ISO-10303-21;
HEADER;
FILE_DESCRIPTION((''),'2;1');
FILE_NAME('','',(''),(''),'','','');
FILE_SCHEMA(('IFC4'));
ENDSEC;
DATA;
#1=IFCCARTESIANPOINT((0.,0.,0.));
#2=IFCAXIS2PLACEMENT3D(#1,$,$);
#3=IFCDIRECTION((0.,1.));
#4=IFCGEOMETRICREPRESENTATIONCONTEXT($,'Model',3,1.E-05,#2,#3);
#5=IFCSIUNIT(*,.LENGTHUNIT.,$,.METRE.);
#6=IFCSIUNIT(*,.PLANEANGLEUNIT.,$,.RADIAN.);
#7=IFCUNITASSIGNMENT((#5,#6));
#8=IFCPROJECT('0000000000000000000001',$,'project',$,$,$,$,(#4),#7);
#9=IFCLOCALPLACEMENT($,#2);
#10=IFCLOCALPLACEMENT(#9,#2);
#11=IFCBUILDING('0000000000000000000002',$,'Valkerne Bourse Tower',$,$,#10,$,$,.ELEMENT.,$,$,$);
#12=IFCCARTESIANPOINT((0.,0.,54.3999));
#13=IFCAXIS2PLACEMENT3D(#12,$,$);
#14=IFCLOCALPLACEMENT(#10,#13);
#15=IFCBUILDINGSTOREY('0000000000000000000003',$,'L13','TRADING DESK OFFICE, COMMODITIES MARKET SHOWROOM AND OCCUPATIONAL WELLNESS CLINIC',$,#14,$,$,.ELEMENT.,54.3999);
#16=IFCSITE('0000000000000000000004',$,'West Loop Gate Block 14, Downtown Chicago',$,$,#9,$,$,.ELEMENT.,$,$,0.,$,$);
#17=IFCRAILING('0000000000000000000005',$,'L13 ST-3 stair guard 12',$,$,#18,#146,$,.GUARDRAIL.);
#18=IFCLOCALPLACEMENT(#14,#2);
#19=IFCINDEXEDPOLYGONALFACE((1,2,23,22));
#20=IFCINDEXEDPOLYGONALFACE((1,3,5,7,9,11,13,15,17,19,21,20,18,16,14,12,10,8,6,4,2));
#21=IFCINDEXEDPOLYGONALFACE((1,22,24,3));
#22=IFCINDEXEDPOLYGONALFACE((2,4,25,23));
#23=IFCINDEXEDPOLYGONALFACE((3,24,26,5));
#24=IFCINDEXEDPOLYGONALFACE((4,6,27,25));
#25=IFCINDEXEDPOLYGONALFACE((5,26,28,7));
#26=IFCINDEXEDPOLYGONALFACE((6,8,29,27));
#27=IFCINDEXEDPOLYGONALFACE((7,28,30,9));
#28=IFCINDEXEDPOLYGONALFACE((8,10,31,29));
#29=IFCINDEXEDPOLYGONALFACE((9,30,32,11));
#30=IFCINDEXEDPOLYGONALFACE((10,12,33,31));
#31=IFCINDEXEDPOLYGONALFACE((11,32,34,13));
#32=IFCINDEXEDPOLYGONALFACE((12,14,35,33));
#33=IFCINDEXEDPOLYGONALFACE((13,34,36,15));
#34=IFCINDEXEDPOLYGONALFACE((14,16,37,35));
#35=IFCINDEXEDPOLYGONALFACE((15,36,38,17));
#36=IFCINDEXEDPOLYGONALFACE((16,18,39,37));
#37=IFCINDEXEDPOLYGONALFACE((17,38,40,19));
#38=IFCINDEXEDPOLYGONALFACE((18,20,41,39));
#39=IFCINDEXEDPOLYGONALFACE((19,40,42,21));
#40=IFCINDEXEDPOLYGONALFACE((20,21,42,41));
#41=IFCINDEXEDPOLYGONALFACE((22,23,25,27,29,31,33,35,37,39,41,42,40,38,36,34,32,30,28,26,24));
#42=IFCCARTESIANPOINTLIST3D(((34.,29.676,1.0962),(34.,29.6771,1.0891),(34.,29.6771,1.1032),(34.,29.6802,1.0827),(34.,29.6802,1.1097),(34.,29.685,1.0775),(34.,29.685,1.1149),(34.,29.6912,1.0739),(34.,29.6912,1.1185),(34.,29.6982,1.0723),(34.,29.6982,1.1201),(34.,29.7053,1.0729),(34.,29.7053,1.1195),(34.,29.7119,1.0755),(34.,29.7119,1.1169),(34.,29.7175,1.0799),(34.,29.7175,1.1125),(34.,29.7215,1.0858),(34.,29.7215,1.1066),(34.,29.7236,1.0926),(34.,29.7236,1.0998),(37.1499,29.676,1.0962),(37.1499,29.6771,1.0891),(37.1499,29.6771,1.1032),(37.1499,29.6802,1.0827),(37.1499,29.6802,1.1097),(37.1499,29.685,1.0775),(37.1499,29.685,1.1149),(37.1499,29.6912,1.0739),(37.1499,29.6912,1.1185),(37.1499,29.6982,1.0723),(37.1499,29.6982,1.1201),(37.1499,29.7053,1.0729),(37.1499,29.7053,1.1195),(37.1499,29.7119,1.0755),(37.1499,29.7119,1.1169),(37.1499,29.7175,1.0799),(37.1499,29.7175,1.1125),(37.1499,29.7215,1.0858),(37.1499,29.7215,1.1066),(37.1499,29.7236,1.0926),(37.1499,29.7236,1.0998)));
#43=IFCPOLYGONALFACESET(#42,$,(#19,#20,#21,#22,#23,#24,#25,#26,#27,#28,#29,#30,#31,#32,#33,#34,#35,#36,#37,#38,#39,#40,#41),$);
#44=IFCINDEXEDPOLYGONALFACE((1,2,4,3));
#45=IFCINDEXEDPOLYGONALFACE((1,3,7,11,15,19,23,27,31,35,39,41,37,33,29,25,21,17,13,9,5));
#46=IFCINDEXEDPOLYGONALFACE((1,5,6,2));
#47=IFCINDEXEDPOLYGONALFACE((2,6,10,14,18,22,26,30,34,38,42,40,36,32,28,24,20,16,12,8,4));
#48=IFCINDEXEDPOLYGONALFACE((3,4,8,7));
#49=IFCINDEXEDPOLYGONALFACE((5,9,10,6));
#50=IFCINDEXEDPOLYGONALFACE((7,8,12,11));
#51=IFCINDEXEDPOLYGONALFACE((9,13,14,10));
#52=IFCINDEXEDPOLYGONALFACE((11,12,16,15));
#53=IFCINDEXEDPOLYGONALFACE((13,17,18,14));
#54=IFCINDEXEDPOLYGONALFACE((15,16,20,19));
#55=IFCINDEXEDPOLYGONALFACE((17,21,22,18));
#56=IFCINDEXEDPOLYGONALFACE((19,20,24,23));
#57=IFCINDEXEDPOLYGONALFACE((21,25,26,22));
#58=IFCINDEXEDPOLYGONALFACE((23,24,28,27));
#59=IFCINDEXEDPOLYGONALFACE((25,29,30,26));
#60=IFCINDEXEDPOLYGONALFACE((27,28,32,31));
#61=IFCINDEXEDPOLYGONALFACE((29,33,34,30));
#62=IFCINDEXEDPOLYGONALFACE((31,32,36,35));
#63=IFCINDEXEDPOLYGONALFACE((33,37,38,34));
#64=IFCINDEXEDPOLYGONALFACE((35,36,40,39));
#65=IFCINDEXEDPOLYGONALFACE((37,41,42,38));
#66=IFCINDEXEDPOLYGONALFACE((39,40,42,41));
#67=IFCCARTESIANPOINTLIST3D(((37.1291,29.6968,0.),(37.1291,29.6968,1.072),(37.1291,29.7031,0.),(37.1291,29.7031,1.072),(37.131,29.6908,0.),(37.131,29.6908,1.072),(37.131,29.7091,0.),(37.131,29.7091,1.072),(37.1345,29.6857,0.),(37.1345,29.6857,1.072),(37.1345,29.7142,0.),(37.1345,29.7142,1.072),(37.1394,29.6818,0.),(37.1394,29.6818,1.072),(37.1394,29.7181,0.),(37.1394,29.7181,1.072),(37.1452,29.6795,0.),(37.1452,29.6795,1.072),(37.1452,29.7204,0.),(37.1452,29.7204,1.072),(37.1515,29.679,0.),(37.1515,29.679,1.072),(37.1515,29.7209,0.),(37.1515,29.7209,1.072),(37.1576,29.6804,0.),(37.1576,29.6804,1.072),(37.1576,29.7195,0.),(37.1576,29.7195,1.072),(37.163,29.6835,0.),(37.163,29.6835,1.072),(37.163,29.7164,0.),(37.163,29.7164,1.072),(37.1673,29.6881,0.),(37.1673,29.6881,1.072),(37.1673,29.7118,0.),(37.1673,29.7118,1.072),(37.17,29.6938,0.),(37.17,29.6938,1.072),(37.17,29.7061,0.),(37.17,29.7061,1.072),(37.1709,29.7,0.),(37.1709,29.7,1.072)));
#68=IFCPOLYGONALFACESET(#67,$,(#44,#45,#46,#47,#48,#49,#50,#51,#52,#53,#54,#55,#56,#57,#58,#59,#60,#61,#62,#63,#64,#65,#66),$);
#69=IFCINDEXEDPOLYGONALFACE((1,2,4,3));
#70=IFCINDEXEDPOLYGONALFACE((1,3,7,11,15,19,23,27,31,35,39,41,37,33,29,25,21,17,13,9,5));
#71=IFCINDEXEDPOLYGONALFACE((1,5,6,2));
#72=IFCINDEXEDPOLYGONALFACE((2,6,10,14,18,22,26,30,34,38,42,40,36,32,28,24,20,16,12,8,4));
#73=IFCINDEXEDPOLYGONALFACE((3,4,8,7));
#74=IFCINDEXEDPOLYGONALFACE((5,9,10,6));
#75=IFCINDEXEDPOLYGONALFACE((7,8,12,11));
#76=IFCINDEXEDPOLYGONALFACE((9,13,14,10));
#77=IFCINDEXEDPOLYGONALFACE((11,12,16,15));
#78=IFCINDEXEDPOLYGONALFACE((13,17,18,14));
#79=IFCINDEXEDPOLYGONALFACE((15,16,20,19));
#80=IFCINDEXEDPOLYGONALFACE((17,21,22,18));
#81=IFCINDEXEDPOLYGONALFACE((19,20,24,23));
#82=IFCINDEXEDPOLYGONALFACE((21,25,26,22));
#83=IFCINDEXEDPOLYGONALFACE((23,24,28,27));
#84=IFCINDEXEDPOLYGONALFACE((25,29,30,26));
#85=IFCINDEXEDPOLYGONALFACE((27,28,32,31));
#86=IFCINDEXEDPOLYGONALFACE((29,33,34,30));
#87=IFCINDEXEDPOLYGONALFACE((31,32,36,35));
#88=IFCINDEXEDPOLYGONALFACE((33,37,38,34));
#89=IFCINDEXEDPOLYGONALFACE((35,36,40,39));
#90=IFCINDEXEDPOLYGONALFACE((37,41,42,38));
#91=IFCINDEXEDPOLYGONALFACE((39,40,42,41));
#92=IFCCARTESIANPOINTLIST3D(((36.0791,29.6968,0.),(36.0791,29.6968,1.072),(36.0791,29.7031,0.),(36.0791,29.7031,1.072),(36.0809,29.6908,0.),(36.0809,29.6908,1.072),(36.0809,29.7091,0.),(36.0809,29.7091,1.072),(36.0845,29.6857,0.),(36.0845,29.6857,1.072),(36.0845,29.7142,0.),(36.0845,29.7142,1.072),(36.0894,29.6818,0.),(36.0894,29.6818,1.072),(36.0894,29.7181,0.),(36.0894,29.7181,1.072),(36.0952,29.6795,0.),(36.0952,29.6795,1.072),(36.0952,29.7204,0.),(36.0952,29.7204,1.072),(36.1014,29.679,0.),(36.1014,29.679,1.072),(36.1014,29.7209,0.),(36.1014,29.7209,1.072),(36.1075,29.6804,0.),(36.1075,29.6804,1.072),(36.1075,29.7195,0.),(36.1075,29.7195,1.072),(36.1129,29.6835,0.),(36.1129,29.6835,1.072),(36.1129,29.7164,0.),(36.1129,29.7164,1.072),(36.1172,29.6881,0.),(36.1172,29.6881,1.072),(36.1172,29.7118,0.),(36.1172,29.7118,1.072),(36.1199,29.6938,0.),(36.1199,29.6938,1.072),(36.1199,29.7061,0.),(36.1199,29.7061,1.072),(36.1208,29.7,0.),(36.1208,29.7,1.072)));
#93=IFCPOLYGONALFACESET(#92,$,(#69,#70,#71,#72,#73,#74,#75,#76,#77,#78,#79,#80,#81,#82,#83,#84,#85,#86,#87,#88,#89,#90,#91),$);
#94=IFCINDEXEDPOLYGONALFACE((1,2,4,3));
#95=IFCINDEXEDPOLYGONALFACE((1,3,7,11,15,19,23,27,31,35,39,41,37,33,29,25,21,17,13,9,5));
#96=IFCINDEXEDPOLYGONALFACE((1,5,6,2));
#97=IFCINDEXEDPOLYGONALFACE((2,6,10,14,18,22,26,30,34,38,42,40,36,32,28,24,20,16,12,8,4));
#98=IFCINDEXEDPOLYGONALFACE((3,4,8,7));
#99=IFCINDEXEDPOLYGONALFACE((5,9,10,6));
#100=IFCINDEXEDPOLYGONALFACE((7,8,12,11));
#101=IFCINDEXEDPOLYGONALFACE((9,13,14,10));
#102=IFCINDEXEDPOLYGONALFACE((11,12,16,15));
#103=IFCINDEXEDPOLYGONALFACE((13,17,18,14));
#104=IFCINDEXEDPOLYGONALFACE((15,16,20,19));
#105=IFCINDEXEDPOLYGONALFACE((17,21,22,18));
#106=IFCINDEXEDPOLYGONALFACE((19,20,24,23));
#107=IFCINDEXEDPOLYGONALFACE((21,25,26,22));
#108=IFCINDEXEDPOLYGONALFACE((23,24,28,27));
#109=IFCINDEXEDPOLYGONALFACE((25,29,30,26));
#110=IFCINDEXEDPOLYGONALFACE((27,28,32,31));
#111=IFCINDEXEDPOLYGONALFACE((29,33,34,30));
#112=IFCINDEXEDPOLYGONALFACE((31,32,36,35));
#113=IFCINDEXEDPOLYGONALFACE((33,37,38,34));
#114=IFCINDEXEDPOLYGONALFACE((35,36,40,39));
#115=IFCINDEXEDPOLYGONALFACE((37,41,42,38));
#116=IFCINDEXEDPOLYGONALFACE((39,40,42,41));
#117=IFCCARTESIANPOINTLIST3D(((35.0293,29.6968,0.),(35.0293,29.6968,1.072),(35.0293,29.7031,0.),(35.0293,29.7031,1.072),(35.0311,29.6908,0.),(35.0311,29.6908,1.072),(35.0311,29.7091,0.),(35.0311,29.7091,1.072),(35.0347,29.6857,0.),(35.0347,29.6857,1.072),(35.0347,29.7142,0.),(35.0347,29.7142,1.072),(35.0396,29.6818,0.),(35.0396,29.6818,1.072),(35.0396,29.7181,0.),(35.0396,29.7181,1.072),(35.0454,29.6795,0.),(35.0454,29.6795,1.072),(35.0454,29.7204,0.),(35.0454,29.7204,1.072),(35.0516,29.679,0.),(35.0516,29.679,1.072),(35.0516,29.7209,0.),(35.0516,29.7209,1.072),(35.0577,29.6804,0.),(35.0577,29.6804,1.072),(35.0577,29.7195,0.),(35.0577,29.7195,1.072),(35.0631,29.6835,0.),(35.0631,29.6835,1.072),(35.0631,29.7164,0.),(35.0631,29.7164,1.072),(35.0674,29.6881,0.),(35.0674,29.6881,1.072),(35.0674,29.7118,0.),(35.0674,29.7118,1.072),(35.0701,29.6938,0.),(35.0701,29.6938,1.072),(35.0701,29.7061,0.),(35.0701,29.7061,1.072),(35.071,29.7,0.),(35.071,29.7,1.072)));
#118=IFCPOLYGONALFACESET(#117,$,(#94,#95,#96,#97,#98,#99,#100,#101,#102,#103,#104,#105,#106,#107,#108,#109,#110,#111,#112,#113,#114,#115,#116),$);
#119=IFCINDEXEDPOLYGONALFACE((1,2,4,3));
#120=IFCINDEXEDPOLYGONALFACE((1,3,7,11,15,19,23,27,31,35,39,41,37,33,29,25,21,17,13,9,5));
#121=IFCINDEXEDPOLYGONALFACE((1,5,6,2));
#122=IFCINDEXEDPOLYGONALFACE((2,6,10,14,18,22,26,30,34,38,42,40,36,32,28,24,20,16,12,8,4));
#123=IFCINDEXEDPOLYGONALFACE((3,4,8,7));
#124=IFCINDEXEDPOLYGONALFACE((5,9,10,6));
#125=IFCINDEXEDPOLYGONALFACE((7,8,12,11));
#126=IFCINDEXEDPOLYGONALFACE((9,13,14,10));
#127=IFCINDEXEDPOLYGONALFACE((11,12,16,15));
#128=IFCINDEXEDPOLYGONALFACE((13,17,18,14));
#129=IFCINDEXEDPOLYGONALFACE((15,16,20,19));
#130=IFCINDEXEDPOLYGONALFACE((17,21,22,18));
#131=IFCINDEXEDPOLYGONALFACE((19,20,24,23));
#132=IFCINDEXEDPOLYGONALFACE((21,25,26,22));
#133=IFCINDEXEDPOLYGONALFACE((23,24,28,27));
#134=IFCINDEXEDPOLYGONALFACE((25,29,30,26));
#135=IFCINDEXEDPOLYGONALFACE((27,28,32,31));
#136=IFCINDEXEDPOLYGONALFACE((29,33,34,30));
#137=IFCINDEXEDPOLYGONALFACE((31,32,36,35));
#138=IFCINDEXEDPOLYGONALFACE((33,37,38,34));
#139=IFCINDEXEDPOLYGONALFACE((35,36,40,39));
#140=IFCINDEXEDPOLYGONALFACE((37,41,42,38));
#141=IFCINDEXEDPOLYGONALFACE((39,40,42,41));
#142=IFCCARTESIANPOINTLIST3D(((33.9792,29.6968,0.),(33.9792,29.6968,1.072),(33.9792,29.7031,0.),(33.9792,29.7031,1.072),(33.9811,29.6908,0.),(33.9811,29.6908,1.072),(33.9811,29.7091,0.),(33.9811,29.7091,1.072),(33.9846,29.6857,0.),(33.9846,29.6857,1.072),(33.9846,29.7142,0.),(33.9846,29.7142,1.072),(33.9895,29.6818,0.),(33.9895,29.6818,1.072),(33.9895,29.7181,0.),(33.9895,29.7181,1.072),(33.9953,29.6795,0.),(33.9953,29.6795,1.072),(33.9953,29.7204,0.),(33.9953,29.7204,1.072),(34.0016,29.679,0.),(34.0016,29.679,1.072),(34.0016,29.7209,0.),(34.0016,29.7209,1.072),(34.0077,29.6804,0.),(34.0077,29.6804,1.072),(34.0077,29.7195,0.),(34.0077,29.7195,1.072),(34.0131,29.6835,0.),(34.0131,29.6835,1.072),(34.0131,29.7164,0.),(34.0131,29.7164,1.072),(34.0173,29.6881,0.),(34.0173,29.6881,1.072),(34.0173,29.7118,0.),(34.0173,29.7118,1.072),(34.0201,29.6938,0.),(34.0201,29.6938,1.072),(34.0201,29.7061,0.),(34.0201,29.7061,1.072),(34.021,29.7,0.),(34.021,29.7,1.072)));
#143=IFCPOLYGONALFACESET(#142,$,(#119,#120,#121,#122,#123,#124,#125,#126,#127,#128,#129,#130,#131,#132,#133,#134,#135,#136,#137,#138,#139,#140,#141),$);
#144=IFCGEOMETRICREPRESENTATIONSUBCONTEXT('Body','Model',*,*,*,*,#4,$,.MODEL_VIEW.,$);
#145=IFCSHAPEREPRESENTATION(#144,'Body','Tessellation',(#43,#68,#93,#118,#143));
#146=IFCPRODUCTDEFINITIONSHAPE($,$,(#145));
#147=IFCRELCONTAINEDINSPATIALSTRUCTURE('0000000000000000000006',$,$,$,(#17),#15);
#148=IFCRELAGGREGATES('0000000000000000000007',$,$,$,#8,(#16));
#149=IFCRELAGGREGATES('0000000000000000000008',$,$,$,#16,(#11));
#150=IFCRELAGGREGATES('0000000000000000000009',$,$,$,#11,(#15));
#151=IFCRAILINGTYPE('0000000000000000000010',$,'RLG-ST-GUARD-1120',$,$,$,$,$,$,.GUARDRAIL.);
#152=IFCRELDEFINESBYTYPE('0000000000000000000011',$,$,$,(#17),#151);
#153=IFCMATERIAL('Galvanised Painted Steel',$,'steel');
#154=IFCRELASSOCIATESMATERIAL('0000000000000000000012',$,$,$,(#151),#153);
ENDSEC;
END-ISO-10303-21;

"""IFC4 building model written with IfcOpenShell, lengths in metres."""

from ifc_helpers import new_model, si_unit, direction, frame, origin, origin_2d, place, context, subcontext, project, spatial, circle, extrude, material, type_object, element, save


model = new_model("IFC4")

# Units and contexts
model_context = context("Model", 3, precision=1e-05, world=origin(), true_north=direction((0.0, 1.0)))
body_context = subcontext(model_context, "Body", "Model", "MODEL_VIEW")
ifc_project = project(units=[si_unit("LENGTHUNIT", "METRE"), si_unit("PLANEANGLEUNIT", "RADIAN")], contexts=[model_context])

# Site, building, storey
site_placement = place(None, origin())
site = spatial("IfcSite", under=ifc_project, at=site_placement, Name="West Loop Gate Block 14, Downtown Chicago", CompositionType="ELEMENT", RefElevation=0.0)
building_placement = place(site_placement, origin())
building = spatial("IfcBuilding", under=site, at=building_placement, Name="Valkerne Bourse Tower", CompositionType="ELEMENT")
storey_placement = place(building_placement, frame((0.0, 0.0, 54.3999)))
storey = spatial("IfcBuildingStorey", under=building, at=storey_placement, Name="L13", Description="TRADING DESK OFFICE, COMMODITIES MARKET SHOWROOM AND OCCUPATIONAL WELLNESS CLINIC", CompositionType="ELEMENT", Elevation=54.3999)

# Shared definitions
ifc_material_1 = material(Name="Galvanised Painted Steel", Category="steel")

# Railing
railing_type_1 = type_object("IfcRailingType", Name="RLG-ST-GUARD-1120", PredefinedType="GUARDRAIL", material=ifc_material_1)
railing_1_placement = place(storey_placement, frame((37.1499, 29.7, 0.0)))
element("IfcRailing", 1, at=railing_1_placement, inside=storey, type_object=railing_type_1, Name="L13 ST-3 stair guard 12", PredefinedType="GUARDRAIL", context=body_context, shape_type="SweptSolid", body=[
    extrude(circle(Radius=0.0239, at=origin_2d()), frame((0.0, 0.0, 1.0962), z_axis=(-1.0, 0.0, 0.0), x_axis=(0.0, -1.0, 0.0)), (0.0, 0.0, 1.0), 3.1499),
    extrude(circle(Radius=0.021, at=origin_2d()), origin(), (0.0, 0.0, 1.0), 1.072),
    extrude(circle(Radius=0.021, at=origin_2d()), frame((-1.05, 0.0, 0.0)), (0.0, 0.0, 1.0), 1.072),
    extrude(circle(Radius=0.021, at=origin_2d()), frame((-2.0999, 0.0, 0.0)), (0.0, 0.0, 1.0), 1.072),
    extrude(circle(Radius=0.021, at=origin_2d()), frame((-3.1499, 0.0, 0.0)), (0.0, 0.0, 1.0), 1.072),
])

save(model, "model.ifc")
